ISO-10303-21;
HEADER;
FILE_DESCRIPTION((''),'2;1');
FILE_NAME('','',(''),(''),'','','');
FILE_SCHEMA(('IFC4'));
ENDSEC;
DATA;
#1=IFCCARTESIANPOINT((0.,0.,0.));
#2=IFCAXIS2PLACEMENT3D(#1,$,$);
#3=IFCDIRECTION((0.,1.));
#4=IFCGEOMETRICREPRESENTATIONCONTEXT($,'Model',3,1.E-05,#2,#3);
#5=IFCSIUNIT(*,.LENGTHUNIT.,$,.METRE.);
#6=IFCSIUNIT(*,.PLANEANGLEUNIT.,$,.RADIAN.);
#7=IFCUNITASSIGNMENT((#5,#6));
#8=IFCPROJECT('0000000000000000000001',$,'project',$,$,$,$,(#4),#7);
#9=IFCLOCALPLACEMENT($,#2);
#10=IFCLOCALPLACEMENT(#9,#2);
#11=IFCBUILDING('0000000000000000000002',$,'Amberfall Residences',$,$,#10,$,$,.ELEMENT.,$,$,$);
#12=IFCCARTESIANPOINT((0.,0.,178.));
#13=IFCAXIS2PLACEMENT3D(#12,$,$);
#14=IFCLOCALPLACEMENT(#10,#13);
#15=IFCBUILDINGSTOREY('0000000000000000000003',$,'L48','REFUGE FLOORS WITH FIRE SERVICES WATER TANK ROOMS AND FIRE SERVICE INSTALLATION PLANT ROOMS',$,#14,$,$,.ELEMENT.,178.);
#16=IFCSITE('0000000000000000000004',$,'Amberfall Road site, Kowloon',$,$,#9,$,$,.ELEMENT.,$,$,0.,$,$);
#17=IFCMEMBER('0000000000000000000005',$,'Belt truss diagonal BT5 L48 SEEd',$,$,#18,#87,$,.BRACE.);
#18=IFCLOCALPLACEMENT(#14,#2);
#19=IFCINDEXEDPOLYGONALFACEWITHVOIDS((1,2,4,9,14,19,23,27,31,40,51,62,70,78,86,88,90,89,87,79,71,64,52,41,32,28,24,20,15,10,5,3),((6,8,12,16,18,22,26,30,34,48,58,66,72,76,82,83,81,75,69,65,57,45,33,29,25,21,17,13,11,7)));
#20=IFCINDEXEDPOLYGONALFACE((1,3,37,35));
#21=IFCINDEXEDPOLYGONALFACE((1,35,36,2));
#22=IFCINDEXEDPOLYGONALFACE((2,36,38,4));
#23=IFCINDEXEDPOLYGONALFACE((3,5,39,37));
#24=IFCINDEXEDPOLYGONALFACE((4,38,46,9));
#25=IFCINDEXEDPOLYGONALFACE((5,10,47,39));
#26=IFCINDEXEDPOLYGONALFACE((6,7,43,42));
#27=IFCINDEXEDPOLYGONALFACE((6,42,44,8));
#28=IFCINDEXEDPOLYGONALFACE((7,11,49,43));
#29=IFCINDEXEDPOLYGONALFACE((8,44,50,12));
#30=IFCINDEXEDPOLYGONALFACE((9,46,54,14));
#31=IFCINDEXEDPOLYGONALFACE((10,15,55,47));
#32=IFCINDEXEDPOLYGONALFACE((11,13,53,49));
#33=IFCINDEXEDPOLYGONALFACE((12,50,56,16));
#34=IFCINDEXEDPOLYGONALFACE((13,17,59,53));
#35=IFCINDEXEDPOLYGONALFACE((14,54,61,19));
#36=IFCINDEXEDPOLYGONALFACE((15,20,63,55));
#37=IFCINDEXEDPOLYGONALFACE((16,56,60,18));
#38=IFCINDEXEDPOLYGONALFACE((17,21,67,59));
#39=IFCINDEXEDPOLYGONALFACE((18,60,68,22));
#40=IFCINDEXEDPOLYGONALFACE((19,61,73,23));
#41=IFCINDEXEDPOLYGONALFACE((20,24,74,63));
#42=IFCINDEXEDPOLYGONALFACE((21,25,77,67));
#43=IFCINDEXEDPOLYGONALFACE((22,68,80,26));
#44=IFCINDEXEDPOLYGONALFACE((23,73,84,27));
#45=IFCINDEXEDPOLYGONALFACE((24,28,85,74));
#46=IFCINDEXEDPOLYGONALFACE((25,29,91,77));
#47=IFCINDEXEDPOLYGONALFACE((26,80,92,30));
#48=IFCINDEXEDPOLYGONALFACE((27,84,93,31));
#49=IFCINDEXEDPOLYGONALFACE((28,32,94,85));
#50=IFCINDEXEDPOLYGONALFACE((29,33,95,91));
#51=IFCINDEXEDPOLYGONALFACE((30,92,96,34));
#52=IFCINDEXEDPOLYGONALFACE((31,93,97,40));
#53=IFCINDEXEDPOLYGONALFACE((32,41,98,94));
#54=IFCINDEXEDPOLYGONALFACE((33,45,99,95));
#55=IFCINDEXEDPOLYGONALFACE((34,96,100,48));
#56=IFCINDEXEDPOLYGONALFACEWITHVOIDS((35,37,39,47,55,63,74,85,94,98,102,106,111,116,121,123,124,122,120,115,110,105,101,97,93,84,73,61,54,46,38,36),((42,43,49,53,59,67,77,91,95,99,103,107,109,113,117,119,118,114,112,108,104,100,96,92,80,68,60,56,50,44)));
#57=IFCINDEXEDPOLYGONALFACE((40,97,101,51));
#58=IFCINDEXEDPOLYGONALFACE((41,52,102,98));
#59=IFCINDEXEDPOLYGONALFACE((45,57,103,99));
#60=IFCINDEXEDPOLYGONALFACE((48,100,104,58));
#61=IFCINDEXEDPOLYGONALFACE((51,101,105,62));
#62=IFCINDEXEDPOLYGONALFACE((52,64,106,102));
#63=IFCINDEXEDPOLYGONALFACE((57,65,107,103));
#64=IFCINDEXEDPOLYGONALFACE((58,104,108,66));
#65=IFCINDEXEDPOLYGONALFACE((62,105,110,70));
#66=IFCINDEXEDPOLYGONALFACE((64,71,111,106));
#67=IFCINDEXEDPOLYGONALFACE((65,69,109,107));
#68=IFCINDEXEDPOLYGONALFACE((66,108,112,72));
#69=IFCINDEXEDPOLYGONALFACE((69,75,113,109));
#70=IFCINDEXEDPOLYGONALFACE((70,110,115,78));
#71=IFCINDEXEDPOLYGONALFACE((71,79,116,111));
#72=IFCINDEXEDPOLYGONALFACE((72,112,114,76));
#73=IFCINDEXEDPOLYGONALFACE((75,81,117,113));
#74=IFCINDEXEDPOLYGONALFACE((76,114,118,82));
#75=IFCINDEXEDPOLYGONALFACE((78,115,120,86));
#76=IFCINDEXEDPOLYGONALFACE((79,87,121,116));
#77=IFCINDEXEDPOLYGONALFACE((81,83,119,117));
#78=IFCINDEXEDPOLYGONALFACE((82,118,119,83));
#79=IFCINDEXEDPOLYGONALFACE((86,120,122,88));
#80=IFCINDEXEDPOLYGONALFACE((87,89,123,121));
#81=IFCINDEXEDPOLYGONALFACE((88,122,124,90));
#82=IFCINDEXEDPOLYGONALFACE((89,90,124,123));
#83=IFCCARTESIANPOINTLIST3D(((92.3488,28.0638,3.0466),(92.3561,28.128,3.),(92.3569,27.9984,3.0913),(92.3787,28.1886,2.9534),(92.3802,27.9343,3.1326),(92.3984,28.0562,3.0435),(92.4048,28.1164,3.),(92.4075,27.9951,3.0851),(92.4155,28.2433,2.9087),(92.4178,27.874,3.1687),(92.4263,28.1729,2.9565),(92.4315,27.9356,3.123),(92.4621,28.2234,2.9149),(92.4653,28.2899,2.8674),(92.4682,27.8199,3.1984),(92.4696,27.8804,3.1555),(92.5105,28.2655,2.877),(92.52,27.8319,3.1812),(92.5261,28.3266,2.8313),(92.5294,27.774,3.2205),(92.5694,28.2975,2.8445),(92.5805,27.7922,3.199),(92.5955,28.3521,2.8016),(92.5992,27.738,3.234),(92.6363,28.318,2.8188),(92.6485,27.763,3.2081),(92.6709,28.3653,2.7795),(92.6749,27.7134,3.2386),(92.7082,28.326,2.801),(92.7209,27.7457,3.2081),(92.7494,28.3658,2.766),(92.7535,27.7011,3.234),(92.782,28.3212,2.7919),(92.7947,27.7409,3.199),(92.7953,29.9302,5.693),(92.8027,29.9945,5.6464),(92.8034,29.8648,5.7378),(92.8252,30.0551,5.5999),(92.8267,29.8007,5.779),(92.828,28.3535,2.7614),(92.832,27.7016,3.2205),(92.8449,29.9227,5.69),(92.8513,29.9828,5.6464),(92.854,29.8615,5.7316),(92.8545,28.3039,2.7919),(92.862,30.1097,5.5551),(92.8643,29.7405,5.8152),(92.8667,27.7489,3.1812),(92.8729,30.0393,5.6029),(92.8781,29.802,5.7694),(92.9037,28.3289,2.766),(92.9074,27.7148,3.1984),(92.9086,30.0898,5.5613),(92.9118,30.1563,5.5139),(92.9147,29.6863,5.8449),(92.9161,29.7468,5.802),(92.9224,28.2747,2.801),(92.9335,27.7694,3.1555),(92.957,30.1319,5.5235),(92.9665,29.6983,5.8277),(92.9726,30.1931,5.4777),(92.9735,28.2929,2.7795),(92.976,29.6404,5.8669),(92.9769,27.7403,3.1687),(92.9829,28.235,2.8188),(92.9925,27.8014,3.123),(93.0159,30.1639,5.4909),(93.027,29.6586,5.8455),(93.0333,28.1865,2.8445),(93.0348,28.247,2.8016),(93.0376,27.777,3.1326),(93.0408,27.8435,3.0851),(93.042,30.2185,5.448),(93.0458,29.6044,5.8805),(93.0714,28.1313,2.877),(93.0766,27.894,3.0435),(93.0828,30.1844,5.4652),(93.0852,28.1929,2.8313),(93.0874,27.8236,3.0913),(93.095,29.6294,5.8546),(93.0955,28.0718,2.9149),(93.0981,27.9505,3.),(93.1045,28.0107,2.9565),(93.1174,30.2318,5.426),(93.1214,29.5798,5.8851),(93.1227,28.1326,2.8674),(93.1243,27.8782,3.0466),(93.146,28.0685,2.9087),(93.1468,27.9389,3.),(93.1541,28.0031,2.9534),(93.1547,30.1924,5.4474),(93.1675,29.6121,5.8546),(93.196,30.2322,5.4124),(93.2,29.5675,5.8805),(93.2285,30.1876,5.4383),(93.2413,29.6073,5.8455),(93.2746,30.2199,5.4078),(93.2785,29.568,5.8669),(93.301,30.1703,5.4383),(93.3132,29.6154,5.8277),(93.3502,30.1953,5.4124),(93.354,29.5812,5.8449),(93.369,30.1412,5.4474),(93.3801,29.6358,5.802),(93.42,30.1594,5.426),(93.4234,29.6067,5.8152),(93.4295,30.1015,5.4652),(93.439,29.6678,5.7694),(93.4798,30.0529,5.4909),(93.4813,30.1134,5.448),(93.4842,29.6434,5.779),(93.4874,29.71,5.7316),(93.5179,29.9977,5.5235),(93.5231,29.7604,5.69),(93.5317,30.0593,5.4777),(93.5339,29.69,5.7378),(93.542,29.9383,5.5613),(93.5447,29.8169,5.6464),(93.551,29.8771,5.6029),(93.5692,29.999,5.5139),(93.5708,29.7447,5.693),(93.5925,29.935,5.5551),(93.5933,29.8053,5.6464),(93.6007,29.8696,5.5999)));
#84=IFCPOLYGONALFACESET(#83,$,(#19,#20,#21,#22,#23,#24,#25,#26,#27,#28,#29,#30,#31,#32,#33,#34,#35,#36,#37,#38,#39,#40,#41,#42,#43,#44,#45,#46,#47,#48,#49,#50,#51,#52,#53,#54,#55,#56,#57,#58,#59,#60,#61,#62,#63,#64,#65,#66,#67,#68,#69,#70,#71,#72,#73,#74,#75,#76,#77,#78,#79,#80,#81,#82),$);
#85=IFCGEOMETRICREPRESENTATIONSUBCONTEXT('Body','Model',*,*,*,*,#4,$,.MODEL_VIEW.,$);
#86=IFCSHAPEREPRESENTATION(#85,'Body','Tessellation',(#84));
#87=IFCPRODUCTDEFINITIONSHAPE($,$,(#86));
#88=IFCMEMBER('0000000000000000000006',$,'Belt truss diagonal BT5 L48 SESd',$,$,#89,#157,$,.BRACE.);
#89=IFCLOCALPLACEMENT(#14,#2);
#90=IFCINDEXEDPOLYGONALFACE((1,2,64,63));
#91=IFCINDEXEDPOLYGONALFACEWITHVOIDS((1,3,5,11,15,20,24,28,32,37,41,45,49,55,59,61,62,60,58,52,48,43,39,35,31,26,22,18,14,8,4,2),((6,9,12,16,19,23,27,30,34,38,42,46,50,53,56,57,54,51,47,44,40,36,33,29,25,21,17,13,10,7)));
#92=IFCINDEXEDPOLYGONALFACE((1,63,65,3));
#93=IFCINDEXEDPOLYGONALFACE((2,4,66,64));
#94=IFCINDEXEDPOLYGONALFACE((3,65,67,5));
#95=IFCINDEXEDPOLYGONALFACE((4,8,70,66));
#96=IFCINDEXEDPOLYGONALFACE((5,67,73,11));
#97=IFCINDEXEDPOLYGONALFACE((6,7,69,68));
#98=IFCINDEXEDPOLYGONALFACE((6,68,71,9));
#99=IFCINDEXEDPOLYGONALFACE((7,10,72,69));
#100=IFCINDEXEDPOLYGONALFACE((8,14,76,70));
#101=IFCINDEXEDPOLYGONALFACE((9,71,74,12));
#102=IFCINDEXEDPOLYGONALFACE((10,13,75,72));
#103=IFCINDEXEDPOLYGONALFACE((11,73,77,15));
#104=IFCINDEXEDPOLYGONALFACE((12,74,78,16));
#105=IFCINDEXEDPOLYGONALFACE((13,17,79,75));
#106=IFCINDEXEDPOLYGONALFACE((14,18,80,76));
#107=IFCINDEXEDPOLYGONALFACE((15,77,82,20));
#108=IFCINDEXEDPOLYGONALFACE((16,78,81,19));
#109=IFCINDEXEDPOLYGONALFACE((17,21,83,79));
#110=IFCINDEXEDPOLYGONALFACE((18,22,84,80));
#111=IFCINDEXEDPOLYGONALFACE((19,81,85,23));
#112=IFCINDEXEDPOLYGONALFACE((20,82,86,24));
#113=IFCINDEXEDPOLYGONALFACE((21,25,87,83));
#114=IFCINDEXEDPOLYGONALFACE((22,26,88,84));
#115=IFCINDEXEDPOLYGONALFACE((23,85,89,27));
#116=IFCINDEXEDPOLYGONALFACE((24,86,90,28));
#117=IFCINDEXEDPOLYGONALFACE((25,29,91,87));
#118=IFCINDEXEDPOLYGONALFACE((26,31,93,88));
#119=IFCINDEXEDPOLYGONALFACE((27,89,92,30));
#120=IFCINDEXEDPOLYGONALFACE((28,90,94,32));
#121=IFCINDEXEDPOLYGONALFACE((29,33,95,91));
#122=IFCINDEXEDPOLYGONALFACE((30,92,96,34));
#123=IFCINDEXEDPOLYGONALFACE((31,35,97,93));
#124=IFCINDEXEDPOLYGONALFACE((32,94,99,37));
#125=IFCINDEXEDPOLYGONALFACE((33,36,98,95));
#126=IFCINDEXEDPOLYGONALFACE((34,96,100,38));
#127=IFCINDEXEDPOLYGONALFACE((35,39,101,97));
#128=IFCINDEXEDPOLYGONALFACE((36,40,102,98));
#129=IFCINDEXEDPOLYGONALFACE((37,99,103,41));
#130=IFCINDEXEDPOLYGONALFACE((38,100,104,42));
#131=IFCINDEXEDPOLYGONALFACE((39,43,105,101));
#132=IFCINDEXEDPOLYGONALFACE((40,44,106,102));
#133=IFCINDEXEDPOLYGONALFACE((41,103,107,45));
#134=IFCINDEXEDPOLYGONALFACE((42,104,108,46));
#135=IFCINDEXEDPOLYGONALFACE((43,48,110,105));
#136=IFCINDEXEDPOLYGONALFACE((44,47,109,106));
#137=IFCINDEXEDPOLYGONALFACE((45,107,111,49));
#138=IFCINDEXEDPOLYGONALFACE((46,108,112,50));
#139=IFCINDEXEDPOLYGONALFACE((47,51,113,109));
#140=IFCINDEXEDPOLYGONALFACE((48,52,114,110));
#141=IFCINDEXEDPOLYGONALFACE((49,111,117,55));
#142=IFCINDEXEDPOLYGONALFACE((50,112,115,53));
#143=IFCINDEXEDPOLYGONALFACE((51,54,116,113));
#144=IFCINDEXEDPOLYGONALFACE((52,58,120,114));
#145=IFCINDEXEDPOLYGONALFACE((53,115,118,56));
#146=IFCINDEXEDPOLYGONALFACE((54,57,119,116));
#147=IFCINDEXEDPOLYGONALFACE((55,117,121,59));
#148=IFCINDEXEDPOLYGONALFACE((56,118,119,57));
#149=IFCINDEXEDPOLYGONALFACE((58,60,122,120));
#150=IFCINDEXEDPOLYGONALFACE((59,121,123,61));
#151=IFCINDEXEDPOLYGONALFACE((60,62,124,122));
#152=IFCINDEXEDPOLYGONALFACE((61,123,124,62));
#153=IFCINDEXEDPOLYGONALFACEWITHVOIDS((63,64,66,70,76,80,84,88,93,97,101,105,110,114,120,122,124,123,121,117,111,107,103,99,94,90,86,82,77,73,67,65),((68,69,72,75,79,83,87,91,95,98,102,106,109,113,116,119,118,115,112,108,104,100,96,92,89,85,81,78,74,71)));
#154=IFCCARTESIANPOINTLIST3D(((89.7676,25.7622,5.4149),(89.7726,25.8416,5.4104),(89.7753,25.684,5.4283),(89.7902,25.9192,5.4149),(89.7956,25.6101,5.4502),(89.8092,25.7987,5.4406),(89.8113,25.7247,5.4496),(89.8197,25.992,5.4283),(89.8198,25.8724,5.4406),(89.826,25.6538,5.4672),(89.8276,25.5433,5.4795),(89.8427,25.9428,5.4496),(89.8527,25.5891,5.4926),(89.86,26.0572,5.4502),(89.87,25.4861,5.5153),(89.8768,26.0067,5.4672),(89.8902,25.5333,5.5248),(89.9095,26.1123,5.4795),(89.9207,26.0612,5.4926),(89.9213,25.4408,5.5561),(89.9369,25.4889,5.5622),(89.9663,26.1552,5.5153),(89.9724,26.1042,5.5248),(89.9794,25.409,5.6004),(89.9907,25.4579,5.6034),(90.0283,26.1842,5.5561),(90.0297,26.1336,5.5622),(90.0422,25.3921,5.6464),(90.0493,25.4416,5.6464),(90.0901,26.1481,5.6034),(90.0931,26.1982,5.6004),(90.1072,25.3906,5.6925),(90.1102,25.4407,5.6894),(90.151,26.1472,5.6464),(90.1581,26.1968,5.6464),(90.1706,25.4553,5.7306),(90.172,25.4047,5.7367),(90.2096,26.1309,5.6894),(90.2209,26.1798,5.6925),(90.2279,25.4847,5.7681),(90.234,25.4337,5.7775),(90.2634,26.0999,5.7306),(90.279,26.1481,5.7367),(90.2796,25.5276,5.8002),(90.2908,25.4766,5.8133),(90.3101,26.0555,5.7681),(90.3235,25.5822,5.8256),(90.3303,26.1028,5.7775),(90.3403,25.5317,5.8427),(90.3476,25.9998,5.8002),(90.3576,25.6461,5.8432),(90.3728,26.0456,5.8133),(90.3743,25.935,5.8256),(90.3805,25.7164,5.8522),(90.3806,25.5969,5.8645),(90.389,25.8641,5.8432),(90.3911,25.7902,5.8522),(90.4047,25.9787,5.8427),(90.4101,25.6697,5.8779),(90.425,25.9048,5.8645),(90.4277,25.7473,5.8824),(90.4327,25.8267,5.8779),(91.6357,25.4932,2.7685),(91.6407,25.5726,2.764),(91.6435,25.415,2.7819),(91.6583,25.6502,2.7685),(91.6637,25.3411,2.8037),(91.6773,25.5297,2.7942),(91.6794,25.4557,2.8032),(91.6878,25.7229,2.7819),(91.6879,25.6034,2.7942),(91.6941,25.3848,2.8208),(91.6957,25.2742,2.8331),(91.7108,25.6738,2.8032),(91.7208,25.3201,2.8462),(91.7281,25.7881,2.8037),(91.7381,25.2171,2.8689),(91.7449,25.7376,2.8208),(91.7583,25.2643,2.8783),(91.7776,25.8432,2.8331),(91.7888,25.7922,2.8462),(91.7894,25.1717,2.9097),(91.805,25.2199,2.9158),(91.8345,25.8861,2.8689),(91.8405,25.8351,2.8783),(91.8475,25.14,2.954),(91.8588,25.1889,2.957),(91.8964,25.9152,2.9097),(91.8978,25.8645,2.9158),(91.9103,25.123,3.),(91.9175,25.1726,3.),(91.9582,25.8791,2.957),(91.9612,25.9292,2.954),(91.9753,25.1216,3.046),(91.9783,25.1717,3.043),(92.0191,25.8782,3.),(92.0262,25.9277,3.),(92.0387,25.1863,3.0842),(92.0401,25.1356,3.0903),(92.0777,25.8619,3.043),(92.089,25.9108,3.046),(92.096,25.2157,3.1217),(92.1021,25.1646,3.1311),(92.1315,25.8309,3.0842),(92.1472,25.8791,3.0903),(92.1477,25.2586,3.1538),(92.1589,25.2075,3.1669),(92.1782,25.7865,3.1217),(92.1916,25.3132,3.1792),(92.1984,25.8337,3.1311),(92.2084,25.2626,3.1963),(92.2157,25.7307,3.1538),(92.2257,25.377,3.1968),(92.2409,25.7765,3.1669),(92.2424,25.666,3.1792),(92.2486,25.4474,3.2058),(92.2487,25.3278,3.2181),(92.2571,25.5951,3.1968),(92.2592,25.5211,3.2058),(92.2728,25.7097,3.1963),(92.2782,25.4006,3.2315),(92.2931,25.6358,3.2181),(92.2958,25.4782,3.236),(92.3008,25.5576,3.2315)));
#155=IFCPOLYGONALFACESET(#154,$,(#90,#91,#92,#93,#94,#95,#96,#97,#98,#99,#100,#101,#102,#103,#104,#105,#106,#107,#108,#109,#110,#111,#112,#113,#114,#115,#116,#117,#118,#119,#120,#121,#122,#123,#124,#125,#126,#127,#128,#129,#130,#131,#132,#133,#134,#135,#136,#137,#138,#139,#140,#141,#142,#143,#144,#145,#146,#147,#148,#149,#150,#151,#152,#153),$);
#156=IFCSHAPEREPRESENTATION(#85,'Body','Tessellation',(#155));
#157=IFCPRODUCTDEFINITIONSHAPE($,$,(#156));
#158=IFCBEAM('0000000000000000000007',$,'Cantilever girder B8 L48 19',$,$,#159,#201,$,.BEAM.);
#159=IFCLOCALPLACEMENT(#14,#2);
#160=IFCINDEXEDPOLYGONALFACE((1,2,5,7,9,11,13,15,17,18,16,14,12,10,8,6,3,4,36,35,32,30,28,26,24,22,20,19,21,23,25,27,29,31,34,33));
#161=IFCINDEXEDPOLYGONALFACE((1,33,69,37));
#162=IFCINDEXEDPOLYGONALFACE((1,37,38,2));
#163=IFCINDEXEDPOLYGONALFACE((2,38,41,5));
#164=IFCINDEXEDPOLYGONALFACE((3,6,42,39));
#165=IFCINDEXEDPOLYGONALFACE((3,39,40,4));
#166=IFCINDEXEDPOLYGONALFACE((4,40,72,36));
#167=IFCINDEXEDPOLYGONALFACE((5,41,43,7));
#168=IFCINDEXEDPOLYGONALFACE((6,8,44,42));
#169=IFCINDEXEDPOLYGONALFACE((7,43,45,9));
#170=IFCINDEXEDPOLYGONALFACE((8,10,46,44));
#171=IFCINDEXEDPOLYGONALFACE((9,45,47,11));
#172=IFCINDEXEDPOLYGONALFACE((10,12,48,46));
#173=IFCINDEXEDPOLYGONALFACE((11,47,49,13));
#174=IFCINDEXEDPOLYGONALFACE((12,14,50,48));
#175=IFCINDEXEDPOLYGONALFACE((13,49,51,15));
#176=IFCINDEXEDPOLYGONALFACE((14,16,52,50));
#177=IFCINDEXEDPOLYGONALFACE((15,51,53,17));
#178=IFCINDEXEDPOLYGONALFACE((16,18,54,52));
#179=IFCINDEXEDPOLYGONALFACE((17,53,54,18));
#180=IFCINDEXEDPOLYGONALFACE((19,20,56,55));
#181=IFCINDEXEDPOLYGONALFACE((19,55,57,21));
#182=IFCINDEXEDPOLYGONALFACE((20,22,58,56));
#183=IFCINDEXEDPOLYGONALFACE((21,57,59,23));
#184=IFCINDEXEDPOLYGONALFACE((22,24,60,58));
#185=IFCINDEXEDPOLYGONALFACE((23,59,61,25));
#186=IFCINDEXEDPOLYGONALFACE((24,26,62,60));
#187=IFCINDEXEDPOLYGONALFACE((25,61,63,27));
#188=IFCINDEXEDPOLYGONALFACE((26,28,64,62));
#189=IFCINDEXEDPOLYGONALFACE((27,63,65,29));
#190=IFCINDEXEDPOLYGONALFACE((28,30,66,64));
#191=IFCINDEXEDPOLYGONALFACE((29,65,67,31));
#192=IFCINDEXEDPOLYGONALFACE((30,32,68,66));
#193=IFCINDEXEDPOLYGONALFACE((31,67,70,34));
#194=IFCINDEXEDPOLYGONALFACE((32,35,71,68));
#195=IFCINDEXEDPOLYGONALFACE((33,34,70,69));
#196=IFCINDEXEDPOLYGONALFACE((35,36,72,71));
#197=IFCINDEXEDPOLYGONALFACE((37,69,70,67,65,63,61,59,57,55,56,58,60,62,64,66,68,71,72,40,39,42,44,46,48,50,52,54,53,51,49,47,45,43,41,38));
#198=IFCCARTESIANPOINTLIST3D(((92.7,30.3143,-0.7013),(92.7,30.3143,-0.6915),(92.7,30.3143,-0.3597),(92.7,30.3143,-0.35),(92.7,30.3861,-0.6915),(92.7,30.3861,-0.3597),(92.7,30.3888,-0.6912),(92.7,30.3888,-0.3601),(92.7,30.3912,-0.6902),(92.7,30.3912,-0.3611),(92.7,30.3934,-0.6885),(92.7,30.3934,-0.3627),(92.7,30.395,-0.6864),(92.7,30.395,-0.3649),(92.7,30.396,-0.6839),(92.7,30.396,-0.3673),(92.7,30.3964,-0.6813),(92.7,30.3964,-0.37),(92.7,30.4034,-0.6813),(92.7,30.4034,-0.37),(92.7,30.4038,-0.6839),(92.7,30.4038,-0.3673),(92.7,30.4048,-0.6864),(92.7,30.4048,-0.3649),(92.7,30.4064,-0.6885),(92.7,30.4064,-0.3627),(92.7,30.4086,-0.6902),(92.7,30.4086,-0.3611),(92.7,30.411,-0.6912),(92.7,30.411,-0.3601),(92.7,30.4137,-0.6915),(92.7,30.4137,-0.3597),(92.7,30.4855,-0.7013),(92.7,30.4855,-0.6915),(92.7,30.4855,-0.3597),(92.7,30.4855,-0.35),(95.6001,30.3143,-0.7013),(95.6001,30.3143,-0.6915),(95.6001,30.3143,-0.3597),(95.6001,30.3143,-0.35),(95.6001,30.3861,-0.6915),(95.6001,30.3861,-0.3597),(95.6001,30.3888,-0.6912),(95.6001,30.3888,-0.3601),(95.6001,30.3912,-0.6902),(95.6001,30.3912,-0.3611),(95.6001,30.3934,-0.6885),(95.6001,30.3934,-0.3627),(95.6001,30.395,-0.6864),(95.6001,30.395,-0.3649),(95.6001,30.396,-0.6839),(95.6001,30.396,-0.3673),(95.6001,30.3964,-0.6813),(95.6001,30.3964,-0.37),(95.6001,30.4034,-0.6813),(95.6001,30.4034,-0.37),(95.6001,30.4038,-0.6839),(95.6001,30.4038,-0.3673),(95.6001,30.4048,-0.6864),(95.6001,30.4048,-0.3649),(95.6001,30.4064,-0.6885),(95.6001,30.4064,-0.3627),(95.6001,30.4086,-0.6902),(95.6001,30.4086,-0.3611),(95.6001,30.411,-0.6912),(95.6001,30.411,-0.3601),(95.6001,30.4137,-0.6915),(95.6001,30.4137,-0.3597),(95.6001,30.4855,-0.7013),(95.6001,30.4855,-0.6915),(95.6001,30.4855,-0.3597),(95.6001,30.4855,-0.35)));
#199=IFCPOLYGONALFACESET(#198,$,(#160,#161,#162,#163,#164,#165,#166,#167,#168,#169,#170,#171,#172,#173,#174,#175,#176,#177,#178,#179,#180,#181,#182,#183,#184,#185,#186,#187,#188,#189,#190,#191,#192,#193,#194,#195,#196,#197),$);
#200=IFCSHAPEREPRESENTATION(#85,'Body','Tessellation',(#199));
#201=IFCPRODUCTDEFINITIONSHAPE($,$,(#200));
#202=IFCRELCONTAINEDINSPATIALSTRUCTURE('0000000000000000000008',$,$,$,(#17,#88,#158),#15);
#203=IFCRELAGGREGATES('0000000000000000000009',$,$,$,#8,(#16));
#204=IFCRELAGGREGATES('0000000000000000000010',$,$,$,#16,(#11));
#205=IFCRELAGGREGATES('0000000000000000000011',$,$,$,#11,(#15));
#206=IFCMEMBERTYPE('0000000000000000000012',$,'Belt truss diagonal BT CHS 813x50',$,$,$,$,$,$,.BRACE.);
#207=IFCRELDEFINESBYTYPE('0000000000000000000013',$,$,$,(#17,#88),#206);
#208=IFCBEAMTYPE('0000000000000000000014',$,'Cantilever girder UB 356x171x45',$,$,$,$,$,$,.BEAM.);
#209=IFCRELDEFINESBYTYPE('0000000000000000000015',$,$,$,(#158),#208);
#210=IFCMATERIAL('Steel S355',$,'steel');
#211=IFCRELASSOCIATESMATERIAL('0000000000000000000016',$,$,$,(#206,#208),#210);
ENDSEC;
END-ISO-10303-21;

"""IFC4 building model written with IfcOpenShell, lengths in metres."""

from ifc_helpers import new_model, si_unit, direction, frame, origin, origin_2d, place, context, subcontext, project, spatial, hollow_circle, i_section, extrude, material, material_profile, profile_set, type_object, element, save


model = new_model("IFC4")

# Units and contexts
model_context = context("Model", 3, precision=1e-05, world=origin(), true_north=direction((0.0, 1.0)))
body_context = subcontext(model_context, "Body", "Model", "MODEL_VIEW")
ifc_project = project(units=[si_unit("LENGTHUNIT", "METRE"), si_unit("PLANEANGLEUNIT", "RADIAN")], contexts=[model_context])

# Site, building, storey
site_placement = place(None, origin())
site = spatial("IfcSite", under=ifc_project, at=site_placement, Name="Amberfall Road site, Kowloon", CompositionType="ELEMENT", RefElevation=0.0)
building_placement = place(site_placement, origin())
building = spatial("IfcBuilding", under=site, at=building_placement, Name="Amberfall Residences", CompositionType="ELEMENT")
storey_placement = place(building_placement, frame((0.0, 0.0, 178.0)))
storey = spatial("IfcBuildingStorey", under=building, at=storey_placement, Name="L48", Description="REFUGE FLOORS WITH FIRE SERVICES WATER TANK ROOMS AND FIRE SERVICE INSTALLATION PLANT ROOMS", CompositionType="ELEMENT", Elevation=178.0)

# Shared definitions
ifc_material_1 = material(Name="Steel S355", Category="steel")

# Members
ifc_material_profile_1 = material_profile(ifc_material_1, hollow_circle(Radius=0.4065, WallThickness=0.05, at=origin_2d()), Name="CHS 813x50")
ifc_profile_set_1 = profile_set([ifc_material_profile_1], Name="Steel S355")
member_type_1 = type_object("IfcMemberType", Name="Belt truss diagonal BT CHS 813x50", PredefinedType="BRACE", material=ifc_profile_set_1)
member_1_placement = place(storey_placement, frame((92.7515, 28.0334, 3.0), z_axis=(0.136593, 0.570941, 0.809549), x_axis=(-0.972554, 0.232675, 0.0)))
element("IfcMember", 1, at=member_1_placement, inside=storey, type_object=member_type_1, Name="Belt truss diagonal BT5 L48 SEEd", PredefinedType="BRACE", context=body_context, shape_type="SweptSolid", body=[
    extrude(hollow_circle(Radius=0.4065, WallThickness=0.05, at=origin_2d()), origin(), (0.0, 0.0, 1.0), 3.269),
])
member_2_placement = place(storey_placement, frame((91.9683, 25.5254, 3.0), z_axis=(-0.574716, 0.082768, 0.814156), x_axis=(-0.142544, -0.989788, 0.0)))
element("IfcMember", 2, at=member_2_placement, inside=storey, type_object=member_type_1, Name="Belt truss diagonal BT5 L48 SESd", PredefinedType="BRACE", context=body_context, shape_type="SweptSolid", body=[
    extrude(hollow_circle(Radius=0.4065, WallThickness=0.05, at=origin_2d()), origin(), (0.0, 0.0, 1.0), 3.2505),
])

# Beam
ifc_material_profile_2 = material_profile(ifc_material_1, i_section(OverallWidth=0.1711, OverallDepth=0.3513, WebThickness=0.0071, FlangeThickness=0.0098, FilletRadius=0.0103, at=origin_2d()), Name="UB 356x171x45")
ifc_profile_set_2 = profile_set([ifc_material_profile_2], Name="Steel S355")
beam_type_1 = type_object("IfcBeamType", Name="Cantilever girder UB 356x171x45", PredefinedType="BEAM", material=ifc_profile_set_2)
beam_1_placement = place(storey_placement, frame((92.7, 30.3999, -0.5256), z_axis=(1.0, 0.0, 0.0), x_axis=(0.0, 1.0, 0.0)))
element("IfcBeam", 3, at=beam_1_placement, inside=storey, type_object=beam_type_1, Name="Cantilever girder B8 L48 19", PredefinedType="BEAM", context=body_context, shape_type="SweptSolid", body=[
    extrude(i_section(OverallWidth=0.1711, OverallDepth=0.3513, WebThickness=0.0071, FlangeThickness=0.0098, FilletRadius=0.0103, at=origin_2d()), origin(), (0.0, 0.0, 1.0), 2.9001),
])

save(model, "model.ifc")
